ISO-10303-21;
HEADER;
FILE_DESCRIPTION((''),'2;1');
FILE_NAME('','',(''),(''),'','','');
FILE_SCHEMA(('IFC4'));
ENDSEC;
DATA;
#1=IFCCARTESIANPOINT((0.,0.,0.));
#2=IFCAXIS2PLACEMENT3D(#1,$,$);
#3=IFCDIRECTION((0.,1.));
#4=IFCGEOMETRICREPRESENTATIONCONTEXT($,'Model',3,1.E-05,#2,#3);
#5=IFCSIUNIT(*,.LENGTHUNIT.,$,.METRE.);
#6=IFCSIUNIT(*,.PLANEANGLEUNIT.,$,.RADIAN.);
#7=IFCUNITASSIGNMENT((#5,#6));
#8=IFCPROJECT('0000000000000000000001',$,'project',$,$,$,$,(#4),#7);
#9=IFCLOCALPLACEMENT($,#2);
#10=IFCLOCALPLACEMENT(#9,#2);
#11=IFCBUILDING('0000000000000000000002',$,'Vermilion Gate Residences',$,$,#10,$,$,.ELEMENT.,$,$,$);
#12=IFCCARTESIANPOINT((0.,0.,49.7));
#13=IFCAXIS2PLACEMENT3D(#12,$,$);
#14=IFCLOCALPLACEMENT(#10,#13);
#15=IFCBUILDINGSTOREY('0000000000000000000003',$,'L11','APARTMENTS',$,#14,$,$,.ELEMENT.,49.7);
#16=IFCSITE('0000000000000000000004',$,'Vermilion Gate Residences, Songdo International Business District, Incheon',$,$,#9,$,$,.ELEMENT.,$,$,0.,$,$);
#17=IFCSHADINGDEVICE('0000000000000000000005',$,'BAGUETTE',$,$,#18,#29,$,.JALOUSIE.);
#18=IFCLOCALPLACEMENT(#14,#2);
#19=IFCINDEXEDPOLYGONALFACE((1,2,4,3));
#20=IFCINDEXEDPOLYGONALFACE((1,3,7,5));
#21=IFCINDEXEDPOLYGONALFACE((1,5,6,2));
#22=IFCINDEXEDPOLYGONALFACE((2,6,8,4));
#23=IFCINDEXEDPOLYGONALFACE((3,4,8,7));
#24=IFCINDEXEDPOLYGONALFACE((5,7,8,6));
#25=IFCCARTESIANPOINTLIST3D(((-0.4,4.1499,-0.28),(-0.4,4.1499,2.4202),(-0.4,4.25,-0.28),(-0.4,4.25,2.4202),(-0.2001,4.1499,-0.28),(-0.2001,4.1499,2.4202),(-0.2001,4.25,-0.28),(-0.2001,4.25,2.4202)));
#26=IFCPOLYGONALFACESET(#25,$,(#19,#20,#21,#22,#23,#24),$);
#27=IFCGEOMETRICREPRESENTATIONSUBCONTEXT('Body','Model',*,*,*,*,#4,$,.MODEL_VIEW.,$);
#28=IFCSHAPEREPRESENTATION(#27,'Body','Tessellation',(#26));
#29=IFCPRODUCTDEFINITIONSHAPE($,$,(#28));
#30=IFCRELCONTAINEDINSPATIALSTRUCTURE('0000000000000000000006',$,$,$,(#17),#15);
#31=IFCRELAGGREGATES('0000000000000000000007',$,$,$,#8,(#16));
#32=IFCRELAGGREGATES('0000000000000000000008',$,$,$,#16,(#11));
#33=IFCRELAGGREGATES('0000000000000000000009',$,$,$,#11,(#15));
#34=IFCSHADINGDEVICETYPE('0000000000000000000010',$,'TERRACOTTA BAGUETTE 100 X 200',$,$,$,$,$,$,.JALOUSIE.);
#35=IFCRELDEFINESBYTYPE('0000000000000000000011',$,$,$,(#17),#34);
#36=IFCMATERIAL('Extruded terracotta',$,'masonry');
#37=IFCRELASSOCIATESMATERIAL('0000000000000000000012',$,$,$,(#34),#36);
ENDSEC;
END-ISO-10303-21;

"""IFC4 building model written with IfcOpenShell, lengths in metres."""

from ifc_helpers import new_model, si_unit, direction, frame, origin, origin_2d, place, context, subcontext, project, spatial, rectangle, extrude, material, material_profile, profile_set, type_object, element, save


model = new_model("IFC4")

# Units and contexts
model_context = context("Model", 3, precision=1e-05, world=origin(), true_north=direction((0.0, 1.0)))
body_context = subcontext(model_context, "Body", "Model", "MODEL_VIEW")
ifc_project = project(units=[si_unit("LENGTHUNIT", "METRE"), si_unit("PLANEANGLEUNIT", "RADIAN")], contexts=[model_context])

# Site, building, storey
site_placement = place(None, origin())
site = spatial("IfcSite", under=ifc_project, at=site_placement, Name="Vermilion Gate Residences, Songdo International Business District, Incheon", CompositionType="ELEMENT", RefElevation=0.0)
building_placement = place(site_placement, origin())
building = spatial("IfcBuilding", under=site, at=building_placement, Name="Vermilion Gate Residences", CompositionType="ELEMENT")
storey_placement = place(building_placement, frame((0.0, 0.0, 49.7)))
storey = spatial("IfcBuildingStorey", under=building, at=storey_placement, Name="L11", Description="APARTMENTS", CompositionType="ELEMENT", Elevation=49.7)

# Shading device
ifc_material_1 = material(Name="Extruded terracotta", Category="masonry")
ifc_material_profile_1 = material_profile(ifc_material_1, rectangle(XDim=0.2, YDim=0.1001, at=origin_2d()), Name="BAGUETTE 100 X 200")
ifc_profile_set_1 = profile_set([ifc_material_profile_1], Name="Extruded terracotta")
shading_device_type = type_object("IfcShadingDeviceType", Name="TERRACOTTA BAGUETTE 100 X 200", PredefinedType="JALOUSIE", material=ifc_profile_set_1)
shading_device_placement = place(storey_placement, frame((-0.3, 4.2, -0.28), z_axis=(0.0, 0.0, 1.0), x_axis=(1.0, 0.0, 0.0)))
element("IfcShadingDevice", 1, at=shading_device_placement, inside=storey, type_object=shading_device_type, Name="BAGUETTE", PredefinedType="JALOUSIE", context=body_context, shape_type="SweptSolid", body=[
    extrude(rectangle(XDim=0.2, YDim=0.1001, at=origin_2d()), origin(), (0.0, 0.0, 1.0), 2.7002),
])

save(model, "model.ifc")
